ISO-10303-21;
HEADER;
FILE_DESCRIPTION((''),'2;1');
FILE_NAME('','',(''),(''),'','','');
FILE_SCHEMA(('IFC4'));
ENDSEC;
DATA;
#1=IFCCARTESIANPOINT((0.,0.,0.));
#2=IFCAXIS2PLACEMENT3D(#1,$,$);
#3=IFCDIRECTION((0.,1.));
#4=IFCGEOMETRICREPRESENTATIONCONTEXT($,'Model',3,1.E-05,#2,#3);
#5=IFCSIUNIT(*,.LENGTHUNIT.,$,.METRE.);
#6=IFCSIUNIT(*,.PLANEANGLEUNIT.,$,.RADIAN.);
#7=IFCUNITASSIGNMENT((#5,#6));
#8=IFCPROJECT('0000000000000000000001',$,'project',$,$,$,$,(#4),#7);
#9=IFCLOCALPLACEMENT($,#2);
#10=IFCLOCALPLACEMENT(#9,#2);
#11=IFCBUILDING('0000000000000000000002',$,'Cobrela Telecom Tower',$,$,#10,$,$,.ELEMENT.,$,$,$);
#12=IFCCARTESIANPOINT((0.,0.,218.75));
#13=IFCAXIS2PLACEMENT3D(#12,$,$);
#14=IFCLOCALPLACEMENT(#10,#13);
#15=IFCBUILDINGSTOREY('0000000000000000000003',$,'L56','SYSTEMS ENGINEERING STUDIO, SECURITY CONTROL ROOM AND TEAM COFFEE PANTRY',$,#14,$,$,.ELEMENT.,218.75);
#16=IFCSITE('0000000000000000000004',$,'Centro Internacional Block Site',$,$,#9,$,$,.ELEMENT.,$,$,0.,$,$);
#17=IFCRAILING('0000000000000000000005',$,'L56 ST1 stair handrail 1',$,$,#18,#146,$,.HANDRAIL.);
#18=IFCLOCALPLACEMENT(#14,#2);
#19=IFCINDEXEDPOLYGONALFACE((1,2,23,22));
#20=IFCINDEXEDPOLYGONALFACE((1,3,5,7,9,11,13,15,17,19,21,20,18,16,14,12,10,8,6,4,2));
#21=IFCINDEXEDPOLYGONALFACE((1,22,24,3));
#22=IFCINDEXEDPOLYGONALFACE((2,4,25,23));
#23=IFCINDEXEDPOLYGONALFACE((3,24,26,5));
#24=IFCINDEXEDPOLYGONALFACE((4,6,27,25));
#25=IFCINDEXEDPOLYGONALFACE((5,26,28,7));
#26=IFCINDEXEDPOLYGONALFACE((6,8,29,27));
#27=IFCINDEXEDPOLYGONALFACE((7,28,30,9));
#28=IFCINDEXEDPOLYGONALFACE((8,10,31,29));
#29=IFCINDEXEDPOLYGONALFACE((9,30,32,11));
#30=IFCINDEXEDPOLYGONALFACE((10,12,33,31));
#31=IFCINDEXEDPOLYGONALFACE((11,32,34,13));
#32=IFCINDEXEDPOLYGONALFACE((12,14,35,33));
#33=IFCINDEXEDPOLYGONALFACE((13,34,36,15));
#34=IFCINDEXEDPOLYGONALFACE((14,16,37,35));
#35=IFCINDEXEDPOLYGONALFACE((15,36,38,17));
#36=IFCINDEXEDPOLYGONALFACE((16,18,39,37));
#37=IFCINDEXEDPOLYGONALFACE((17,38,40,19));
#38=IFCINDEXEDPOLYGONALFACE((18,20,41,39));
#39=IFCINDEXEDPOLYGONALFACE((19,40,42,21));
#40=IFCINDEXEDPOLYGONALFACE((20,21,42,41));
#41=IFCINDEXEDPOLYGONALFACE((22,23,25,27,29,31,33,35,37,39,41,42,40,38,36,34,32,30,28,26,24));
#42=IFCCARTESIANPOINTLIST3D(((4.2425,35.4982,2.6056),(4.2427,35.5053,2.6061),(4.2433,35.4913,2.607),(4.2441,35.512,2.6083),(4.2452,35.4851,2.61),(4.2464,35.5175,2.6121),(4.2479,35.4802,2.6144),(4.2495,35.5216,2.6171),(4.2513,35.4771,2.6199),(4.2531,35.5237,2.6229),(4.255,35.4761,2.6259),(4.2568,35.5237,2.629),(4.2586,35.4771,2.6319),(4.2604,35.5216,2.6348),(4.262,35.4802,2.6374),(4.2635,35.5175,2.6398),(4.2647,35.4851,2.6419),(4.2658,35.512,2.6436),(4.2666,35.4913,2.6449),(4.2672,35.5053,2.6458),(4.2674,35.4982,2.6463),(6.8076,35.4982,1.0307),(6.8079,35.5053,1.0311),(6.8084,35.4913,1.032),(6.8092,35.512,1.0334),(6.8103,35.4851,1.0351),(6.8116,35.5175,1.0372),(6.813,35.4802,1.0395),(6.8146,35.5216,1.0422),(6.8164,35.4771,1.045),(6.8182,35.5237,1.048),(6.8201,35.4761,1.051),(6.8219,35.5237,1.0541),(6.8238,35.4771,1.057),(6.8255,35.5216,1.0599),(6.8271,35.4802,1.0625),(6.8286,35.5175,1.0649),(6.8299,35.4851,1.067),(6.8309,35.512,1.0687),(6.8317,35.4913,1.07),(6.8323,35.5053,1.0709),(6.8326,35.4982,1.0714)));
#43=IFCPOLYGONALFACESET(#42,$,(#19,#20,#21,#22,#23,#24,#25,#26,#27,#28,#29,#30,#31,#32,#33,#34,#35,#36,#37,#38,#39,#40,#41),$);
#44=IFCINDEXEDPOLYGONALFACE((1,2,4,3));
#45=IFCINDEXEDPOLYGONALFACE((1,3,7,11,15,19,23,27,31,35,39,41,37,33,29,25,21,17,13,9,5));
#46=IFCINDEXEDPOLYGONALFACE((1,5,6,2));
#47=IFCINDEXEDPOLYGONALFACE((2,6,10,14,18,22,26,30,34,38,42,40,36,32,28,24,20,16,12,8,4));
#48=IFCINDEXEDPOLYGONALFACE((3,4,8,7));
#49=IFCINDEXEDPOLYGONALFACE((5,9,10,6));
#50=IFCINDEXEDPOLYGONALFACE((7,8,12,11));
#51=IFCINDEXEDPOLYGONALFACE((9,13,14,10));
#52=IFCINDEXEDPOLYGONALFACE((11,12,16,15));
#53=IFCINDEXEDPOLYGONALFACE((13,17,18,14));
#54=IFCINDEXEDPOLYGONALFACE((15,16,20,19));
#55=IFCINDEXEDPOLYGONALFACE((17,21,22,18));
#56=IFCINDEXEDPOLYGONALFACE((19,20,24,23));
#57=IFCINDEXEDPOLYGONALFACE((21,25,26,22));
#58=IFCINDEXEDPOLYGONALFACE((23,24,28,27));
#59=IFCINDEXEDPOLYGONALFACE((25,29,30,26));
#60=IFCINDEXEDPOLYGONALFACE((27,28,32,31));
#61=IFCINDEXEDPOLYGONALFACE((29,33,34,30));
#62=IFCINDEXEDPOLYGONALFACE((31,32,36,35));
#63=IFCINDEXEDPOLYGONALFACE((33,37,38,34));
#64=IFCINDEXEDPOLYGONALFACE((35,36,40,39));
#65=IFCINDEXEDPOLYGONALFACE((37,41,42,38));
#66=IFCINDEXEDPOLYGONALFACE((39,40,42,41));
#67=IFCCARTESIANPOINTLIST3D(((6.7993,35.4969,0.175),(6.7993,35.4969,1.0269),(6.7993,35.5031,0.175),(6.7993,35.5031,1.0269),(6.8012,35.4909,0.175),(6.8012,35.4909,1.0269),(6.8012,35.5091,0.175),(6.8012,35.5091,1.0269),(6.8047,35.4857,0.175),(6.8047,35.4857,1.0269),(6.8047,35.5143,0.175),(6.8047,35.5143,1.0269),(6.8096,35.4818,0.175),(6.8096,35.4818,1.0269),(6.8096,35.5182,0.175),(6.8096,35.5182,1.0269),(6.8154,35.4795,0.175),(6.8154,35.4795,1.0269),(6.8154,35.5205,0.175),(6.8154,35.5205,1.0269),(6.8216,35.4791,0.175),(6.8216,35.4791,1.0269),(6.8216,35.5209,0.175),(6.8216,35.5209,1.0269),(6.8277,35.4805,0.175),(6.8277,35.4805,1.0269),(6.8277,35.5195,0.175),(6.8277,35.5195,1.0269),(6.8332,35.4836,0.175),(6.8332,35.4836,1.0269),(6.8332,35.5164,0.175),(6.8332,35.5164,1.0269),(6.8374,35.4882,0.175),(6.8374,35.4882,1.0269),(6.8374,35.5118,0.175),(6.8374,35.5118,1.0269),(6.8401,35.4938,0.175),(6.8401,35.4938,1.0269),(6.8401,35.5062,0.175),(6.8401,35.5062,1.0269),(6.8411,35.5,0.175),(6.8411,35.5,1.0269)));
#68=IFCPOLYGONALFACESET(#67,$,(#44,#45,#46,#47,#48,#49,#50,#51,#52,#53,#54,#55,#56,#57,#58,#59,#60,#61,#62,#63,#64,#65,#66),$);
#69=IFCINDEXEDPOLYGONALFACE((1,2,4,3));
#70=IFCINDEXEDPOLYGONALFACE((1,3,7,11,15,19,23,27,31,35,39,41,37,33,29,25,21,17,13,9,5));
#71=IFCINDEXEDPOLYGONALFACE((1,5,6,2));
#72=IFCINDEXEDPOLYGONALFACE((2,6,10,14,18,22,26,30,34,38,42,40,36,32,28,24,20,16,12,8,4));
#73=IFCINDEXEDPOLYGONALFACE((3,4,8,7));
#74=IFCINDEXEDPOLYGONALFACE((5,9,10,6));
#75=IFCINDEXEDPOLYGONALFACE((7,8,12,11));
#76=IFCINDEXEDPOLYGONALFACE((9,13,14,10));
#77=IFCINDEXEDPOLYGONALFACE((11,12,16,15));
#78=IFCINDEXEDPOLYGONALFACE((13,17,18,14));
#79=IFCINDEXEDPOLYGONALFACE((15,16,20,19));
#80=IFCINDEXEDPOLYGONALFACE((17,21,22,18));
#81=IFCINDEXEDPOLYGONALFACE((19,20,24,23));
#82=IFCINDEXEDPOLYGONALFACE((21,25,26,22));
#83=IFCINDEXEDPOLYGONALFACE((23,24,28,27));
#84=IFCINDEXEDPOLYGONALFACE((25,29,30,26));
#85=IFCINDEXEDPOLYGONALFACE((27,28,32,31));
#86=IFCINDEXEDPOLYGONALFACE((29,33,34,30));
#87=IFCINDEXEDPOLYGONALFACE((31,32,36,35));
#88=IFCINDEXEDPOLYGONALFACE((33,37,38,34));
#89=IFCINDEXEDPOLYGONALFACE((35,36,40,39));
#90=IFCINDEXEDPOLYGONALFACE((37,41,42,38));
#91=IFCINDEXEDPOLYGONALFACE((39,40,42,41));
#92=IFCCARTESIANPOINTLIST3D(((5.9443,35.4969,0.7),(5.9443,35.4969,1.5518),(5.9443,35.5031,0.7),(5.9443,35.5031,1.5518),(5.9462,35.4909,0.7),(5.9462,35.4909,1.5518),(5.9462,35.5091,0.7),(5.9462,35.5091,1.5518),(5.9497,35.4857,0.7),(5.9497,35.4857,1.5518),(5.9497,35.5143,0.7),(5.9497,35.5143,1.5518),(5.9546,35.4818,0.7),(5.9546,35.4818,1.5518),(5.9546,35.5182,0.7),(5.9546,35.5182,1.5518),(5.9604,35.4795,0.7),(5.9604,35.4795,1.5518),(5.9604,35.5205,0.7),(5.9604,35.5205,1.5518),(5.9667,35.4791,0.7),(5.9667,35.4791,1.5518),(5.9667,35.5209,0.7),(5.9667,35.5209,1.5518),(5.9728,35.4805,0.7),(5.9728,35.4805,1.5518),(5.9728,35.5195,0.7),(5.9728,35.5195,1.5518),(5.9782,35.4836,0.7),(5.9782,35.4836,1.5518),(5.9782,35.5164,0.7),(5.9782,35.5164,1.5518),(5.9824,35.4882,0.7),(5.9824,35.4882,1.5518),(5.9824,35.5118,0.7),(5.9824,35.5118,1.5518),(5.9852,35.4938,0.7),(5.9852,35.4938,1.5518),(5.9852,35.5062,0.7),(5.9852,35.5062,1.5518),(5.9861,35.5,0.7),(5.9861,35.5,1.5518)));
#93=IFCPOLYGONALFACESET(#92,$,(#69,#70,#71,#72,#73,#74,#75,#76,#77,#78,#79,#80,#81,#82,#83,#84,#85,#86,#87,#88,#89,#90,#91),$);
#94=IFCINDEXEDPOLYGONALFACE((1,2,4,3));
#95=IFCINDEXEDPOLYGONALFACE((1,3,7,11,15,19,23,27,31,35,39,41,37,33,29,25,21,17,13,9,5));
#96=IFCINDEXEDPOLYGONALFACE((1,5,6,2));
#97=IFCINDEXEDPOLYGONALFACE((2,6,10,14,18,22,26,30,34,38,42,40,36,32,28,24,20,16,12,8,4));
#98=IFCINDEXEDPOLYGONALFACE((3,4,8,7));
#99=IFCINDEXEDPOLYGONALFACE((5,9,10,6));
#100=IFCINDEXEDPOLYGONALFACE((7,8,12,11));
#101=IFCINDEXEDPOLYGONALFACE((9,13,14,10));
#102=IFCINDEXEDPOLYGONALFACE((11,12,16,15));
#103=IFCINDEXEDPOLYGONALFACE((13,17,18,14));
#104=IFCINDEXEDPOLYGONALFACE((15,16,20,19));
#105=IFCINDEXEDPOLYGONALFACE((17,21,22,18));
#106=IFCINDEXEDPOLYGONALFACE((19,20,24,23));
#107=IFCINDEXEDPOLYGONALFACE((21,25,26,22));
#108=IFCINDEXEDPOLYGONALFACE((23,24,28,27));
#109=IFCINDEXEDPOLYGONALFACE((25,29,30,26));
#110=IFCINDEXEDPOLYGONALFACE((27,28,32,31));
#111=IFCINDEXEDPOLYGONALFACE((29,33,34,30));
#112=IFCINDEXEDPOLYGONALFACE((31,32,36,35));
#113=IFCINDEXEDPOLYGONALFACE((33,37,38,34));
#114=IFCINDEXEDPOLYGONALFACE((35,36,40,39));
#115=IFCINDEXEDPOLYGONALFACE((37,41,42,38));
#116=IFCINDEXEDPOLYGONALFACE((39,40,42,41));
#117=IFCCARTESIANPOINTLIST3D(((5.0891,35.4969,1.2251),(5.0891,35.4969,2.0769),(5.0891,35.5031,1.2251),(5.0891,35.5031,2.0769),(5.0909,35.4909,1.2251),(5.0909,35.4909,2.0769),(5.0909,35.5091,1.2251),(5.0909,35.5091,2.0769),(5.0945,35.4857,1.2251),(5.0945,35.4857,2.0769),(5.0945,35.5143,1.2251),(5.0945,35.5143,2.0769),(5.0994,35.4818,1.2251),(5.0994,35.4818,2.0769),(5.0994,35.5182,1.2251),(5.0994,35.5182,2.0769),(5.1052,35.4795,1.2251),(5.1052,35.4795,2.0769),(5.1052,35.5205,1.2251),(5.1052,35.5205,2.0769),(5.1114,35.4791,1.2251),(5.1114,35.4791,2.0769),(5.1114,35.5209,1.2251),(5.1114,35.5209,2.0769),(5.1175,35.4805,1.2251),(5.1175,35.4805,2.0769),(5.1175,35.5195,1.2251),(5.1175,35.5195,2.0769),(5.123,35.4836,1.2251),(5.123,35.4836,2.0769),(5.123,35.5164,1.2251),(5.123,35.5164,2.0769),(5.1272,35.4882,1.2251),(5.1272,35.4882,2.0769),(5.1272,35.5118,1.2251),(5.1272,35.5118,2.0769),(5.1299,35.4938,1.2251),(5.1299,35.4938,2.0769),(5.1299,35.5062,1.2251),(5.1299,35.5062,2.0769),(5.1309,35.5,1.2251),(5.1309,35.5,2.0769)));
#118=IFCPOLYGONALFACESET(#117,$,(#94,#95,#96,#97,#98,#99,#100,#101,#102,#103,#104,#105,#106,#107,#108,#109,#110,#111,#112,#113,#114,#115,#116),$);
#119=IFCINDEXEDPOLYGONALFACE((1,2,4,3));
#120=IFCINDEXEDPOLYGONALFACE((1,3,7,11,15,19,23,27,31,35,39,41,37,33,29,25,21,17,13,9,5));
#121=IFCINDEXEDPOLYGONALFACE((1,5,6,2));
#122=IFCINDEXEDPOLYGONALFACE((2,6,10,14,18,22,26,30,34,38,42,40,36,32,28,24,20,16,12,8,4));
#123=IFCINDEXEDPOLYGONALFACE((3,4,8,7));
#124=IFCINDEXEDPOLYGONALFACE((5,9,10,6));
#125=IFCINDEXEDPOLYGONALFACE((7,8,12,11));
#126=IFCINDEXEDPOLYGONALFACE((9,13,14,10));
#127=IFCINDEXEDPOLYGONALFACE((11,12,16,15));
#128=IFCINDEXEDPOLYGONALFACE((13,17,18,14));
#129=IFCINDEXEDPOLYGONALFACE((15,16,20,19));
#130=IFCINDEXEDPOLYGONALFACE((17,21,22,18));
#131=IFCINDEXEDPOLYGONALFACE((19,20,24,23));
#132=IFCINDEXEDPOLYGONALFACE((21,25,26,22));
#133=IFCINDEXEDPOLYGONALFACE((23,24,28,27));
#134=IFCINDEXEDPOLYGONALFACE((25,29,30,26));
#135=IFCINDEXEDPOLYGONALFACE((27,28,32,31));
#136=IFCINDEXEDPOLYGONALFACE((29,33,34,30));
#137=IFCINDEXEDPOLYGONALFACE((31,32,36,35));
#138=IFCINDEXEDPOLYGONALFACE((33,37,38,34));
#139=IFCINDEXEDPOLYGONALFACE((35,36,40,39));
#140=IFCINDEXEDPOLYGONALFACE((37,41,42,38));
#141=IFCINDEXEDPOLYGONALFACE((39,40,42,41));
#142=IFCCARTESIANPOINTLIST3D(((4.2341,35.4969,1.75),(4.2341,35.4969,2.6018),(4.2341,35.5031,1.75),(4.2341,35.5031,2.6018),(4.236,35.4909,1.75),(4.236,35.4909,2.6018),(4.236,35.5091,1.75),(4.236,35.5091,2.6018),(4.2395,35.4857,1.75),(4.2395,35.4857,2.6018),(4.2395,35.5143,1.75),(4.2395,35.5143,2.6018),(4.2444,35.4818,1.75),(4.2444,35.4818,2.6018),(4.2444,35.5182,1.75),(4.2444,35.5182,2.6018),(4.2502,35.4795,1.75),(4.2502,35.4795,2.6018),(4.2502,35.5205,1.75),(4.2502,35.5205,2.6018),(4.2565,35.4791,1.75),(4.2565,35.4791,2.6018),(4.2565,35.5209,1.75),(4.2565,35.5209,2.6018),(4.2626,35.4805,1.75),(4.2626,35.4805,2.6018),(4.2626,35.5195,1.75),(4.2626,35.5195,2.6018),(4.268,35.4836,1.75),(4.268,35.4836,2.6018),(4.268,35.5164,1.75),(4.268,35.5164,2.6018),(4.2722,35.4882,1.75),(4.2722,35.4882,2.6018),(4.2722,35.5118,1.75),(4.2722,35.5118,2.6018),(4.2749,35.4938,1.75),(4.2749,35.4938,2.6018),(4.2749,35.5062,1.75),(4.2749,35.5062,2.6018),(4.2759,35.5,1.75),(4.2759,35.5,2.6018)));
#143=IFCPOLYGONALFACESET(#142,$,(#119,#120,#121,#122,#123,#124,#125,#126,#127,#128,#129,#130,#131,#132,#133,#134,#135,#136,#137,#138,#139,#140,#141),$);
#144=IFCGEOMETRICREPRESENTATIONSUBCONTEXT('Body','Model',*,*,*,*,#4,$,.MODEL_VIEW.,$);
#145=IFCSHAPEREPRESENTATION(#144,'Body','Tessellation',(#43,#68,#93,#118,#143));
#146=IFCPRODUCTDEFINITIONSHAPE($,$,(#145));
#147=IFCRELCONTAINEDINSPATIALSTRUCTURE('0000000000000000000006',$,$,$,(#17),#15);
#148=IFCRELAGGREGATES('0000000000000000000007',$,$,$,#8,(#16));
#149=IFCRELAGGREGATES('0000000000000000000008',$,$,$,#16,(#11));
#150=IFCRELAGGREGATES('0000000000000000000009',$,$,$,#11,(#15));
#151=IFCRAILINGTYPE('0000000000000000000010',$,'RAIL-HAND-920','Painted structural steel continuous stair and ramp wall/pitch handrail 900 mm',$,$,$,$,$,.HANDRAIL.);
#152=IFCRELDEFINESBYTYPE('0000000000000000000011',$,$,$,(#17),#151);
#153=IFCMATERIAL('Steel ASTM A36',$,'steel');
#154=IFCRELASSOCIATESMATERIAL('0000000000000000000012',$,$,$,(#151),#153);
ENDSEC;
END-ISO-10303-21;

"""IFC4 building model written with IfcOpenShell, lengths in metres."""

from ifc_helpers import new_model, si_unit, direction, frame, origin, origin_2d, place, context, subcontext, project, spatial, circle, extrude, material, type_object, element, save


model = new_model("IFC4")

# Units and contexts
model_context = context("Model", 3, precision=1e-05, world=origin(), true_north=direction((0.0, 1.0)))
body_context = subcontext(model_context, "Body", "Model", "MODEL_VIEW")
ifc_project = project(units=[si_unit("LENGTHUNIT", "METRE"), si_unit("PLANEANGLEUNIT", "RADIAN")], contexts=[model_context])

# Site, building, storey
site_placement = place(None, origin())
site = spatial("IfcSite", under=ifc_project, at=site_placement, Name="Centro Internacional Block Site", CompositionType="ELEMENT", RefElevation=0.0)
building_placement = place(site_placement, origin())
building = spatial("IfcBuilding", under=site, at=building_placement, Name="Cobrela Telecom Tower", CompositionType="ELEMENT")
storey_placement = place(building_placement, frame((0.0, 0.0, 218.75)))
storey = spatial("IfcBuildingStorey", under=building, at=storey_placement, Name="L56", Description="SYSTEMS ENGINEERING STUDIO, SECURITY CONTROL ROOM AND TEAM COFFEE PANTRY", CompositionType="ELEMENT", Elevation=218.75)

# Shared definitions
ifc_material_1 = material(Name="Steel ASTM A36", Category="steel")

# Railing
railing_type_1 = type_object("IfcRailingType", Name="RAIL-HAND-920", Description="Painted structural steel continuous stair and ramp wall/pitch handrail 900 mm", PredefinedType="HANDRAIL", material=ifc_material_1)
railing_1_placement = place(storey_placement, frame((6.8201, 35.5, 0.175)))
element("IfcRailing", 1, at=railing_1_placement, inside=storey, type_object=railing_type_1, Name="L56 ST1 stair handrail 1", PredefinedType="HANDRAIL", context=body_context, shape_type="SweptSolid", body=[
    extrude(circle(Radius=0.0239, at=origin_2d()), frame((0.0, 0.0, 0.876), z_axis=(-0.852195, 0.0, 0.523224), x_axis=(0.0, -1.0, 0.0)), (0.0, 0.0, 1.0), 3.01),
    extrude(circle(Radius=0.021, at=origin_2d()), origin(), (0.0, 0.0, 1.0), 0.8518),
    extrude(circle(Radius=0.021, at=origin_2d()), frame((-0.855, 0.0, 0.5249)), (0.0, 0.0, 1.0), 0.8518),
    extrude(circle(Radius=0.021, at=origin_2d()), frame((-1.7102, 0.0, 1.05)), (0.0, 0.0, 1.0), 0.8518),
    extrude(circle(Radius=0.021, at=origin_2d()), frame((-2.5652, 0.0, 1.575)), (0.0, 0.0, 1.0), 0.8518),
])

save(model, "model.ifc")
